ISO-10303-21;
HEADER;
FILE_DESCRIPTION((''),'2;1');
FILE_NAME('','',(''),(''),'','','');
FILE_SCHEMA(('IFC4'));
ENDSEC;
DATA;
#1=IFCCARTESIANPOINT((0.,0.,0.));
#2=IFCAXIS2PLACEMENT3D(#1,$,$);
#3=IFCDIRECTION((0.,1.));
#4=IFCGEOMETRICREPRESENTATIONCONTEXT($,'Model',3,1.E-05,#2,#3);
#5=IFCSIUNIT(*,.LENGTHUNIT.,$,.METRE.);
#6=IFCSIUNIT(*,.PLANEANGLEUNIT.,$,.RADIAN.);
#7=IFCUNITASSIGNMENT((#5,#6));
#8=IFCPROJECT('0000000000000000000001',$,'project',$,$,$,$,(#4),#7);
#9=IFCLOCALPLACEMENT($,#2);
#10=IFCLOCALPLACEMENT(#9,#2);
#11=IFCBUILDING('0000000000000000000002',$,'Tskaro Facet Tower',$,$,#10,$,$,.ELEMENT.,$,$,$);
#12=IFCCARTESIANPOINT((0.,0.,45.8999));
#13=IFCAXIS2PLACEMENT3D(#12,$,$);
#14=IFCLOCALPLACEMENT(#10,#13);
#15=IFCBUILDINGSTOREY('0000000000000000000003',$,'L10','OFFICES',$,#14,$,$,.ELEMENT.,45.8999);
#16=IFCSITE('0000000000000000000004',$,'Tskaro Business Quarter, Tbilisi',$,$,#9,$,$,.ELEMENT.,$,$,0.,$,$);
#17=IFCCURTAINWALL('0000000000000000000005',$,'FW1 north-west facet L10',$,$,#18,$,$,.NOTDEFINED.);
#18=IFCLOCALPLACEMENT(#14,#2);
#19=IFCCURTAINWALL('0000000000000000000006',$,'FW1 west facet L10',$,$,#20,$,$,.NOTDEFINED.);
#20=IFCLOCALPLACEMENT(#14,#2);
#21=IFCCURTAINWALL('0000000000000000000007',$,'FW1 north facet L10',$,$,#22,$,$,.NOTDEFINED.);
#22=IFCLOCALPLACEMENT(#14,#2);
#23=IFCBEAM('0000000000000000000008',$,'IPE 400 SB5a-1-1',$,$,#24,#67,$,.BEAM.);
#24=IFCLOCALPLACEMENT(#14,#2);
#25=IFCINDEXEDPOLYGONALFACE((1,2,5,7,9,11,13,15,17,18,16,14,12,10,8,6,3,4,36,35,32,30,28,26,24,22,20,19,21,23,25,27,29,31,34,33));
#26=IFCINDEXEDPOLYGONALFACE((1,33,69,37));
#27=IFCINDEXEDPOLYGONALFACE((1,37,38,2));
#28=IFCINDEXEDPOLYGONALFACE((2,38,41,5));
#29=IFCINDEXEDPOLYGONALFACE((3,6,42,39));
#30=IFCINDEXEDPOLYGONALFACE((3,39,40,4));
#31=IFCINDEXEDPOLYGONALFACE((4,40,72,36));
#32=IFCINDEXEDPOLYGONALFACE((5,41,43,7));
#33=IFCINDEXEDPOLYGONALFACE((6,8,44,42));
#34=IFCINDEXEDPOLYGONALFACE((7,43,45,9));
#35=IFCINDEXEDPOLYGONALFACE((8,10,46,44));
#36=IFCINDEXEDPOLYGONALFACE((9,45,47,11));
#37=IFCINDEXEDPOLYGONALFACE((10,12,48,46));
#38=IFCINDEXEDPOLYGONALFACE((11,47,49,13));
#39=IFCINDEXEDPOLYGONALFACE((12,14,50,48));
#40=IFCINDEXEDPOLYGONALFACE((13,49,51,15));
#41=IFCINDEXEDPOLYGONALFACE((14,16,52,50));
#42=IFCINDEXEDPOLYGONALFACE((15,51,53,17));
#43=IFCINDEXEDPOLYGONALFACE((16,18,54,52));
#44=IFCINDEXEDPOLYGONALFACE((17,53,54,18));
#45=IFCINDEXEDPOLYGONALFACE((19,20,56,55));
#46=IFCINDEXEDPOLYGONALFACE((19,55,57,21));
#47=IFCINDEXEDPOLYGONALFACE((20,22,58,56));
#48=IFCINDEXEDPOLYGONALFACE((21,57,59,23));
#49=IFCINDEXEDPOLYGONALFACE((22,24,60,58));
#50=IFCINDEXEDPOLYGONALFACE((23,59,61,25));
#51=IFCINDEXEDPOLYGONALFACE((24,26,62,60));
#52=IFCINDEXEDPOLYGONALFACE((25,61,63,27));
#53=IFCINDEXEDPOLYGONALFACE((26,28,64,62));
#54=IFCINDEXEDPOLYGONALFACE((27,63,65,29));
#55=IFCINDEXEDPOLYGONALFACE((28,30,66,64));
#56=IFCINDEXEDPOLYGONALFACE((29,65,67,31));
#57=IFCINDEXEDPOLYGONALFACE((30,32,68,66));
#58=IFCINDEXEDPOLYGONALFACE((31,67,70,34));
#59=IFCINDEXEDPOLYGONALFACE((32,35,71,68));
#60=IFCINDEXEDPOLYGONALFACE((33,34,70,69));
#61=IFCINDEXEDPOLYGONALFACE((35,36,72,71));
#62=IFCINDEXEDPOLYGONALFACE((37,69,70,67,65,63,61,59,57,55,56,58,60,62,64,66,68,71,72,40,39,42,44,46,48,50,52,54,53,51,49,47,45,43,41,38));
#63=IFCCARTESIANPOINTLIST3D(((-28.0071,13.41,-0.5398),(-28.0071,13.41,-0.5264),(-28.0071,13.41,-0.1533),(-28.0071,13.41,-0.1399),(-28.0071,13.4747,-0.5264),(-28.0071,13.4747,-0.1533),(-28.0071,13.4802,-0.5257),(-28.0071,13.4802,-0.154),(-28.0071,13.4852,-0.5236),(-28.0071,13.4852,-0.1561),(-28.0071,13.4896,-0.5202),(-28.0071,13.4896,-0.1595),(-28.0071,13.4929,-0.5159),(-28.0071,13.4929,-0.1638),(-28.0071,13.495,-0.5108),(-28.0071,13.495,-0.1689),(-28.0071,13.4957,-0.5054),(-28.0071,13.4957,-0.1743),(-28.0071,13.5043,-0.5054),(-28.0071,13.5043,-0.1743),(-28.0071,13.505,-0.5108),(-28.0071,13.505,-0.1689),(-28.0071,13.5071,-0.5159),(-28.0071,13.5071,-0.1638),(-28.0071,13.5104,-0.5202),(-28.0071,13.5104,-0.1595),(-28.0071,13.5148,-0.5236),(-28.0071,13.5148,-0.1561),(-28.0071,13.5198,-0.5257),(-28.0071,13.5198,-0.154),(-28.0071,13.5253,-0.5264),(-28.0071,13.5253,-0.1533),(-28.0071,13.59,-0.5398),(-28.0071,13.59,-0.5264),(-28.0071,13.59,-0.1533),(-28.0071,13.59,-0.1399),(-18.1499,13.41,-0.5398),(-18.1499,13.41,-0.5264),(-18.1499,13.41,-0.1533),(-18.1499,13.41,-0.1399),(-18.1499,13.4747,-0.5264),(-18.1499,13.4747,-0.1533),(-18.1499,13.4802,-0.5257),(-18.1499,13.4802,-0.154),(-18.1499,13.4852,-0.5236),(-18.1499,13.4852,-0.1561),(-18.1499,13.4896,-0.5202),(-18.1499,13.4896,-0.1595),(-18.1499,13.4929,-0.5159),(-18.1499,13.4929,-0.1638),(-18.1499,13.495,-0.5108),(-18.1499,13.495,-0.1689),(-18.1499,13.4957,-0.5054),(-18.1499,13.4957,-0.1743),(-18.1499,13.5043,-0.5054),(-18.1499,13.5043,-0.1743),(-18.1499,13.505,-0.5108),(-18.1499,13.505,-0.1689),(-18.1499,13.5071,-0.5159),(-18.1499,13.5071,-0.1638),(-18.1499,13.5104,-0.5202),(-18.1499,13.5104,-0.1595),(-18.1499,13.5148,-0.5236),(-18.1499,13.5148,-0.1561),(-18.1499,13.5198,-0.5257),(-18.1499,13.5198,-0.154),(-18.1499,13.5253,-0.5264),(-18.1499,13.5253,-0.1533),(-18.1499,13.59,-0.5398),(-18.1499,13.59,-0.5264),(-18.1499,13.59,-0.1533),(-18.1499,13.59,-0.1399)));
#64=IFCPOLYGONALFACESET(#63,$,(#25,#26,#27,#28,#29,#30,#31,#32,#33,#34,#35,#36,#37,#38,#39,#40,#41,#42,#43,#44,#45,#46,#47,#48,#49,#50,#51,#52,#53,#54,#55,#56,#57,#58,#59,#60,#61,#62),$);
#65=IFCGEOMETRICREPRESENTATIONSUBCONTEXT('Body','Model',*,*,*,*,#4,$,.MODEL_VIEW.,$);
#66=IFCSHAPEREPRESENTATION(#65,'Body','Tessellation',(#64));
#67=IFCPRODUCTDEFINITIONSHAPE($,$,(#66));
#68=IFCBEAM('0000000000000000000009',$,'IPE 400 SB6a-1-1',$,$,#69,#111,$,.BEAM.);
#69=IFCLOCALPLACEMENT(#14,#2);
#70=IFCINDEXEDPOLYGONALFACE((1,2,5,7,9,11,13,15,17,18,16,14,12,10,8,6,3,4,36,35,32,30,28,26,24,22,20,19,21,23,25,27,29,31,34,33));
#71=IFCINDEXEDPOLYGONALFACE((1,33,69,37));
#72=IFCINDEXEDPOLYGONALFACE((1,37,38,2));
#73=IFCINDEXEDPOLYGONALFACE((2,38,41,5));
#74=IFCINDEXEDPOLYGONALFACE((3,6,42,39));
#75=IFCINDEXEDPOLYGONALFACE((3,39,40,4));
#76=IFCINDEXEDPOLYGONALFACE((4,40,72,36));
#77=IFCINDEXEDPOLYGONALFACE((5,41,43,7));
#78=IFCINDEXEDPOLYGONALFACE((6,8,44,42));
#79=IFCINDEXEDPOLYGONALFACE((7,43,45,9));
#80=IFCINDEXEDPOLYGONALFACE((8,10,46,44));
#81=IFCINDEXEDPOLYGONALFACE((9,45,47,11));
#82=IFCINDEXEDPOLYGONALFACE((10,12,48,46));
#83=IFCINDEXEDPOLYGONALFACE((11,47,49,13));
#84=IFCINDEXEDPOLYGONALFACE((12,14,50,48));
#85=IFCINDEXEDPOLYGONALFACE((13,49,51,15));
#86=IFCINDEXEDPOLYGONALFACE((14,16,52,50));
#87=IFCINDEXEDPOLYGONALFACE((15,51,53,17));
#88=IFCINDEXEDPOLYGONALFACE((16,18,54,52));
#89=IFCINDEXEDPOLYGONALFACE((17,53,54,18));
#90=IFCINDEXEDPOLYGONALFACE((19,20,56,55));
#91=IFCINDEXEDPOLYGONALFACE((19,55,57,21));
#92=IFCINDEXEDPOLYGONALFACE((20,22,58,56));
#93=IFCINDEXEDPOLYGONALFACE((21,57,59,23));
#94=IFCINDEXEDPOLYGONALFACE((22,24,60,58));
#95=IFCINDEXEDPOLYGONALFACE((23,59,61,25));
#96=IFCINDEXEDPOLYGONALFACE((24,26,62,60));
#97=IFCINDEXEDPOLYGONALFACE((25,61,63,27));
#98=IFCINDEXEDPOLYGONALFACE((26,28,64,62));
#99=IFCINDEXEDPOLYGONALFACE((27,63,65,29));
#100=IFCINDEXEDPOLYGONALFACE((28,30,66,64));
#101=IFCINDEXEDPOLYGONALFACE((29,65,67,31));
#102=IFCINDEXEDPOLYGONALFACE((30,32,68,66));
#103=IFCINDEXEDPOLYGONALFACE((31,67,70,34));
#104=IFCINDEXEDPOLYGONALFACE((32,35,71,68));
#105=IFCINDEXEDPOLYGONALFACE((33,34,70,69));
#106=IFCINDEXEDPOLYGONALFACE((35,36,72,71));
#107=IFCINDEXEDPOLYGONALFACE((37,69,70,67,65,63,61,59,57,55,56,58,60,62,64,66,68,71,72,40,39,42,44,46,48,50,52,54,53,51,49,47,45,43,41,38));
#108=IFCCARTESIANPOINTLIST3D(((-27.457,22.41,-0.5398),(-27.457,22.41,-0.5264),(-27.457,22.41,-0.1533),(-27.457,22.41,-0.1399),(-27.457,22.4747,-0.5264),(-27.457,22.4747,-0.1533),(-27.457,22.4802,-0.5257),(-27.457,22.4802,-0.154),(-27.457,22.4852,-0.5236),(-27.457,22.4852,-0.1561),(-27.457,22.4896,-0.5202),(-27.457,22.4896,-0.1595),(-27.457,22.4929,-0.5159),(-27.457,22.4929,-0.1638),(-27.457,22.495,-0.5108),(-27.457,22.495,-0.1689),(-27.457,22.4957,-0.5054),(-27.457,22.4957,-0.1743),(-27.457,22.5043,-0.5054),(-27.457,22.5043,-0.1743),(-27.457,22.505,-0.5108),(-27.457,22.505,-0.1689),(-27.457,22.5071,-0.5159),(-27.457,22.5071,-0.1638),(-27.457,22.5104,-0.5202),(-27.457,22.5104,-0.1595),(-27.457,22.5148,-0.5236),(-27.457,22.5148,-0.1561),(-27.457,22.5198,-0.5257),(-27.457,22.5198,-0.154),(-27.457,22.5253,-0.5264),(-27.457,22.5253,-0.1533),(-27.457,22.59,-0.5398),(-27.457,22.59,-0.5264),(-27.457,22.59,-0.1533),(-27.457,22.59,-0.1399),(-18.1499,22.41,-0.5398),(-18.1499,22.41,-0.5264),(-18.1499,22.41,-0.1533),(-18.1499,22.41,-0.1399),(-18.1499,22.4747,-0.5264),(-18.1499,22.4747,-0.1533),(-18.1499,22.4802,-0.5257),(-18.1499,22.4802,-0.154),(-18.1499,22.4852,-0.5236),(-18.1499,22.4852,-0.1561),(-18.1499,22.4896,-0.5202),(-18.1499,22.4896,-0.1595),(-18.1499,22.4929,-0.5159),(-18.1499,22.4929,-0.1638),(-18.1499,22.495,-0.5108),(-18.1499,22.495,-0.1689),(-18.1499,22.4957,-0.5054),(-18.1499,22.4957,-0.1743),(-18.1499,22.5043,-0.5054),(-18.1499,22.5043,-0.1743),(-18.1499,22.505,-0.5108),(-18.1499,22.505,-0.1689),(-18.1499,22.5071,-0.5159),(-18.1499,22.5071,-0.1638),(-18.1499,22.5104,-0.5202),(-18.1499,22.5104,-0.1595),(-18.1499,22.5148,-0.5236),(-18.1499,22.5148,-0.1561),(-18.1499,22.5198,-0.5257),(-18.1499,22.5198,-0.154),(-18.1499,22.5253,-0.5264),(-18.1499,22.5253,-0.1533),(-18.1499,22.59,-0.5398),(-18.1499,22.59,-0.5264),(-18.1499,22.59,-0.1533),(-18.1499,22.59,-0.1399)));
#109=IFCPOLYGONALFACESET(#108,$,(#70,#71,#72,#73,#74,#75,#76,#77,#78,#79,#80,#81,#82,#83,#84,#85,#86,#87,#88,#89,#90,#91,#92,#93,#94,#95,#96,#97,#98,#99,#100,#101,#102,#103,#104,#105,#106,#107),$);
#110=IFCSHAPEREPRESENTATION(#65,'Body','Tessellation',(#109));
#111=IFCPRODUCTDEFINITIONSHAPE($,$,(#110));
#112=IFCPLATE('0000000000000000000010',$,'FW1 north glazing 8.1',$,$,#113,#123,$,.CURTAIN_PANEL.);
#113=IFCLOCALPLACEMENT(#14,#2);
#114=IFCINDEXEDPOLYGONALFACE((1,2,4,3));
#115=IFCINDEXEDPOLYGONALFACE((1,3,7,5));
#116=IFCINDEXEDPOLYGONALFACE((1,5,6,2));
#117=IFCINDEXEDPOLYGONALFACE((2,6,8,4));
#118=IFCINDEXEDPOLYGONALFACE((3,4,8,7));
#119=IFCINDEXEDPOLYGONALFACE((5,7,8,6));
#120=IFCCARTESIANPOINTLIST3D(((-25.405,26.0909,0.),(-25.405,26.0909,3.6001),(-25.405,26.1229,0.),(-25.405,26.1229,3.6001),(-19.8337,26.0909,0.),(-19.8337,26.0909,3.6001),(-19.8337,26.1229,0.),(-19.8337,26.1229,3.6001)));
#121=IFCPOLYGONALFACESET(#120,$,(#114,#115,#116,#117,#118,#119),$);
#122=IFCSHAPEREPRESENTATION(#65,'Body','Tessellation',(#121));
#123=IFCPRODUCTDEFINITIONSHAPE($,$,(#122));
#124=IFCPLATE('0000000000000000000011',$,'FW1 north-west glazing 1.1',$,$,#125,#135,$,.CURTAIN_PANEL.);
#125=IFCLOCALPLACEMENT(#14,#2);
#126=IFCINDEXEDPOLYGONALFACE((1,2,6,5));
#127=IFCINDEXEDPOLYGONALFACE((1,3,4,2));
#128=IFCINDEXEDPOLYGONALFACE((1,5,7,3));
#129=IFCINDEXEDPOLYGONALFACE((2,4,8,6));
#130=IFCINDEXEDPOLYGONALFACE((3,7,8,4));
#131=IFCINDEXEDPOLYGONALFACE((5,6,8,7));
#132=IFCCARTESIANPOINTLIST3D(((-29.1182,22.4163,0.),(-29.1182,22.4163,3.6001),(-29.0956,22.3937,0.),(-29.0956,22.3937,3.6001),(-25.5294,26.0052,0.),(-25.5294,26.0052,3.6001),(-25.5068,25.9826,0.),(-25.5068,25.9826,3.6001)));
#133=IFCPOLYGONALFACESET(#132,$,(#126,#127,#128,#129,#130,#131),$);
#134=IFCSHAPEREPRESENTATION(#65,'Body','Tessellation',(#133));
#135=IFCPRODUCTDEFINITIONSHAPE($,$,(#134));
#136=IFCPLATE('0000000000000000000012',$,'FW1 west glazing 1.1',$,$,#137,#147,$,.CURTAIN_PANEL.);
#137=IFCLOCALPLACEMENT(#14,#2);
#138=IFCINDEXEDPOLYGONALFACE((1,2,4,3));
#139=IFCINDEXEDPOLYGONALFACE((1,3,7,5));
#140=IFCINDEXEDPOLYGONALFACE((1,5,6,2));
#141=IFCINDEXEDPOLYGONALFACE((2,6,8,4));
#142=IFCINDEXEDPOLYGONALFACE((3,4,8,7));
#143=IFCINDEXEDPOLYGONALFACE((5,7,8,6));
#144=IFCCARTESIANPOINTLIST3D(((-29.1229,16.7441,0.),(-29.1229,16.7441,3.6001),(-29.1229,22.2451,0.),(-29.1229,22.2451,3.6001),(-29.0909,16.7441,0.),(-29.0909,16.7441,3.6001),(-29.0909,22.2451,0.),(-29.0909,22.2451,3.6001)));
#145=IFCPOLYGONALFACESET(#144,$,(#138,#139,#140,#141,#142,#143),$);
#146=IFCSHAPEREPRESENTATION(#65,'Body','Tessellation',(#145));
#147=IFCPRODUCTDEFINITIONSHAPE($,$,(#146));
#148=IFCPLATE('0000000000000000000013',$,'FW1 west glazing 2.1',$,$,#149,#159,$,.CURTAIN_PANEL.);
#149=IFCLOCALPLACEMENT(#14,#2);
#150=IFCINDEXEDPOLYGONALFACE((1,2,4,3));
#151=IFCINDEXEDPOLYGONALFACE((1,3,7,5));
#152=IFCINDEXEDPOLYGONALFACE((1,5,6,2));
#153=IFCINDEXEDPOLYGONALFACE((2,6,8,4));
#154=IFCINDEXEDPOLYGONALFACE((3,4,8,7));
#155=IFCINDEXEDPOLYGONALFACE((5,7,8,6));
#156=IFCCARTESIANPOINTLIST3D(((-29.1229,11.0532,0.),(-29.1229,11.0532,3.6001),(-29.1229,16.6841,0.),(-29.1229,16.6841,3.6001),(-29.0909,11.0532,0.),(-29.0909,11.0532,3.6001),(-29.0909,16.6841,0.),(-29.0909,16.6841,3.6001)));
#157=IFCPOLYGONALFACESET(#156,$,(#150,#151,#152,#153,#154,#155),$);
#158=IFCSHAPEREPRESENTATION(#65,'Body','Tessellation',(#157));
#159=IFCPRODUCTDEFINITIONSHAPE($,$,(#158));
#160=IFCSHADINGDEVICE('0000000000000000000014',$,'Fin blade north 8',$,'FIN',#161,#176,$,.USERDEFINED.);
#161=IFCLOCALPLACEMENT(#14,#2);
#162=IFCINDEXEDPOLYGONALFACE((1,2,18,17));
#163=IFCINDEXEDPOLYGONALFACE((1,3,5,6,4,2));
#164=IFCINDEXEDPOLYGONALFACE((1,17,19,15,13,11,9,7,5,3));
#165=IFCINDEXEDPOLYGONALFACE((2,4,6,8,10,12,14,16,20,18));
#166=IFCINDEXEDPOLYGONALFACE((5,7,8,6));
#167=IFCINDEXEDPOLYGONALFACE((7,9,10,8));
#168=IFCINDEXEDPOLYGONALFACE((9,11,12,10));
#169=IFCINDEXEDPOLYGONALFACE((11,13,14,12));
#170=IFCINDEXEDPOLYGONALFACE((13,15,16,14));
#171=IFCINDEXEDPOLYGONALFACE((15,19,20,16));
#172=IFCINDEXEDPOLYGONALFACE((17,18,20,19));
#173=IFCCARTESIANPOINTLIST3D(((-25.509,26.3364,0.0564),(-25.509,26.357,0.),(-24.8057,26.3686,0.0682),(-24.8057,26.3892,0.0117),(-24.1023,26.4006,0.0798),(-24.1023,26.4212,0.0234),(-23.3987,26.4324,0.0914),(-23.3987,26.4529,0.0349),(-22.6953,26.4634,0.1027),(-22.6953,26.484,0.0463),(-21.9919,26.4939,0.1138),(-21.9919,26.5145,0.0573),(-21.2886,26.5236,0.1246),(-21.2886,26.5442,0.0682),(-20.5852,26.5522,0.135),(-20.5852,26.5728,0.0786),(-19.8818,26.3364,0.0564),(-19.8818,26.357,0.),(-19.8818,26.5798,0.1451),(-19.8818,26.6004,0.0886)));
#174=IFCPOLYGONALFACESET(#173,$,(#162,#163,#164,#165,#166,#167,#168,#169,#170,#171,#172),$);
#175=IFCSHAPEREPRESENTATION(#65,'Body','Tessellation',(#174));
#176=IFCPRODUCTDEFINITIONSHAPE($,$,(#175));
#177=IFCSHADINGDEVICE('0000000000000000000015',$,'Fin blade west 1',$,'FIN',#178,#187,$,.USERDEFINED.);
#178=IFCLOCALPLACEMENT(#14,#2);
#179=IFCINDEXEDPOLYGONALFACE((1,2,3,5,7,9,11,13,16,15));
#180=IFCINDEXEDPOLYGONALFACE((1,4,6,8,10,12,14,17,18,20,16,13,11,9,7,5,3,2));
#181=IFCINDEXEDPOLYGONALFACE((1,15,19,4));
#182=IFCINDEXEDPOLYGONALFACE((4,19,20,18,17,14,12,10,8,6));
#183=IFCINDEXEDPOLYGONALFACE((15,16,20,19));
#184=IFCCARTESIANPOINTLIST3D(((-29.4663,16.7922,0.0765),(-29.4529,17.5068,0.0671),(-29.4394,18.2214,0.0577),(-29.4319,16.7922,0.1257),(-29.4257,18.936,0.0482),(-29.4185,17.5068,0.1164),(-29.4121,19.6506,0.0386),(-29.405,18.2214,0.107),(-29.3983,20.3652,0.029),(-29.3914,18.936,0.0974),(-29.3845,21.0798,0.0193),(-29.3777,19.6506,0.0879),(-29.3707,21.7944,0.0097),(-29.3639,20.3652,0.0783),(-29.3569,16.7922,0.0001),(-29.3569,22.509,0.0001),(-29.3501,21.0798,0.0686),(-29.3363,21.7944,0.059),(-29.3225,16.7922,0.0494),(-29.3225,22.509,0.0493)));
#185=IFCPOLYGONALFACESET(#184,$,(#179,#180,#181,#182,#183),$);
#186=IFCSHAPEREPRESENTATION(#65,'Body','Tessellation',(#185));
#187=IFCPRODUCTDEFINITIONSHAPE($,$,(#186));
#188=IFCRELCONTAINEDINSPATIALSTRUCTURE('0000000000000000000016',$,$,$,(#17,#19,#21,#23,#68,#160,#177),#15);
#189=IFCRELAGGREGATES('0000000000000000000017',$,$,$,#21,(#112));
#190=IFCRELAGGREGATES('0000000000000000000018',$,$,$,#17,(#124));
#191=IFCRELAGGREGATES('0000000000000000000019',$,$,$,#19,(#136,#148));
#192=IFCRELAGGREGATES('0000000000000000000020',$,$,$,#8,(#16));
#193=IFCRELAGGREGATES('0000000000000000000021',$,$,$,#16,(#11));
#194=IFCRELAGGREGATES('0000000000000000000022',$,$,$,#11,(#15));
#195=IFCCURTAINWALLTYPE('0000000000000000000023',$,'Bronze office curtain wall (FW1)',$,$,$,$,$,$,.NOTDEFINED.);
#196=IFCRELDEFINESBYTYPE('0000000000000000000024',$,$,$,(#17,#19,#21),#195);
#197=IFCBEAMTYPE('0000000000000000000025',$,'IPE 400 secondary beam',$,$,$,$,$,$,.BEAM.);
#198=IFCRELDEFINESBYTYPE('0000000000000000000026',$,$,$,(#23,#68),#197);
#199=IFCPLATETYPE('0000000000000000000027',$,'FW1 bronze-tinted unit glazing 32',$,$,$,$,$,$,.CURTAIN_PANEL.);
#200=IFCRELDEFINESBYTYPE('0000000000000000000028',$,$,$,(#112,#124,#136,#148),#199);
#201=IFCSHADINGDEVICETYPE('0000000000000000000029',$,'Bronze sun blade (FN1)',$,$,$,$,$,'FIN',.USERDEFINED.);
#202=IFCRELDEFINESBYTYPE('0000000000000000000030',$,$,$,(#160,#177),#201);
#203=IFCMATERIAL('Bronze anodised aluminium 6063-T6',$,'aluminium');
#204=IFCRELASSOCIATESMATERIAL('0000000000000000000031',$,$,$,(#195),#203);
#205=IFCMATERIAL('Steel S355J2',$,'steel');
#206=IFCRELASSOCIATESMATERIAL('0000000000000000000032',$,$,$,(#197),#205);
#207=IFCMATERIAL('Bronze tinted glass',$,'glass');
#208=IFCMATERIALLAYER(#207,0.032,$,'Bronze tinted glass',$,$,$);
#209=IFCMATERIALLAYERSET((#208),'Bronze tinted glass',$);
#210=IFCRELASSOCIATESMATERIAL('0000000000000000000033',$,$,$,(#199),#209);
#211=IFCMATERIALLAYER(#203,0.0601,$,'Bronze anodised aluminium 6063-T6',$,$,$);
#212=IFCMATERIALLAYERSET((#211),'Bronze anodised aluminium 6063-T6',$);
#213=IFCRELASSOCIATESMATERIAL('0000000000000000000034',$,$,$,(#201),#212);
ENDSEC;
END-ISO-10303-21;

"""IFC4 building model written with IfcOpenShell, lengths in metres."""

from ifc_helpers import new_model, si_unit, direction, frame, origin, origin_2d, place, context, subcontext, project, spatial, polyline, rectangle, i_section, outline, extrude, material, layer, layer_set, material_profile, profile_set, type_object, element, aggregate, save


model = new_model("IFC4")

# Units and contexts
model_context = context("Model", 3, precision=1e-05, world=origin(), true_north=direction((0.0, 1.0)))
body_context = subcontext(model_context, "Body", "Model", "MODEL_VIEW")
ifc_project = project(units=[si_unit("LENGTHUNIT", "METRE"), si_unit("PLANEANGLEUNIT", "RADIAN")], contexts=[model_context])

# Site, building, storey
site_placement = place(None, origin())
site = spatial("IfcSite", under=ifc_project, at=site_placement, Name="Tskaro Business Quarter, Tbilisi", CompositionType="ELEMENT", RefElevation=0.0)
building_placement = place(site_placement, origin())
building = spatial("IfcBuilding", under=site, at=building_placement, Name="Tskaro Facet Tower", CompositionType="ELEMENT")
storey_placement = place(building_placement, frame((0.0, 0.0, 45.8999)))
storey = spatial("IfcBuildingStorey", under=building, at=storey_placement, Name="L10", Description="OFFICES", CompositionType="ELEMENT", Elevation=45.8999)

# Curtain wall
ifc_material_1 = material(Name="Bronze anodised aluminium 6063-T6", Category="aluminium")
curtain_wall_type = type_object("IfcCurtainWallType", Name="Bronze office curtain wall (FW1)", PredefinedType="NOTDEFINED", material=ifc_material_1)
curtain_wall_1_placement = place(storey_placement, origin())
curtain_wall_1 = element("IfcCurtainWall", 1, at=curtain_wall_1_placement, inside=storey, type_object=curtain_wall_type, Name="FW1 north-west facet L10", PredefinedType="NOTDEFINED")

# Curtain wall
curtain_wall_2_placement = place(storey_placement, origin())
curtain_wall_2 = element("IfcCurtainWall", 2, at=curtain_wall_2_placement, inside=storey, type_object=curtain_wall_type, Name="FW1 west facet L10", PredefinedType="NOTDEFINED")

# Curtain wall
curtain_wall_3_placement = place(storey_placement, origin())
curtain_wall_3 = element("IfcCurtainWall", 3, at=curtain_wall_3_placement, inside=storey, type_object=curtain_wall_type, Name="FW1 north facet L10", PredefinedType="NOTDEFINED")

# Beams
ifc_material_2 = material(Name="Steel S355J2", Category="steel")
ifc_material_profile_1 = material_profile(ifc_material_2, i_section(OverallWidth=0.1799, OverallDepth=0.3999, WebThickness=0.0085, FlangeThickness=0.0134, FilletRadius=0.021, at=origin_2d()), Name="IPE 400")
ifc_profile_set_1 = profile_set([ifc_material_profile_1], Name="Steel S355J2")
beam_type_1 = type_object("IfcBeamType", Name="IPE 400 secondary beam", PredefinedType="BEAM", material=ifc_profile_set_1)
beam_1_placement = place(storey_placement, frame((-28.0071, 13.5, -0.3398), z_axis=(1.0, 0.0, 0.0), x_axis=(0.0, 1.0, 0.0)))
element("IfcBeam", 4, at=beam_1_placement, inside=storey, type_object=beam_type_1, Name="IPE 400 SB5a-1-1", PredefinedType="BEAM", context=body_context, shape_type="SweptSolid", body=[
    extrude(i_section(OverallWidth=0.1799, OverallDepth=0.3999, WebThickness=0.0085, FlangeThickness=0.0134, FilletRadius=0.021, at=origin_2d()), origin(), (0.0, 0.0, 1.0), 9.8572),
])
beam_2_placement = place(storey_placement, frame((-27.457, 22.5, -0.3398), z_axis=(1.0, 0.0, 0.0), x_axis=(0.0, 1.0, 0.0)))
element("IfcBeam", 5, at=beam_2_placement, inside=storey, type_object=beam_type_1, Name="IPE 400 SB6a-1-1", PredefinedType="BEAM", context=body_context, shape_type="SweptSolid", body=[
    extrude(i_section(OverallWidth=0.1799, OverallDepth=0.3999, WebThickness=0.0085, FlangeThickness=0.0134, FilletRadius=0.021, at=origin_2d()), origin(), (0.0, 0.0, 1.0), 9.3071),
])

# Plates
ifc_material_3 = material(Name="Bronze tinted glass", Category="glass")
ifc_layer_1 = layer(ifc_material_3, 0.032, Name="Bronze tinted glass")
ifc_layer_set_1 = layer_set([ifc_layer_1], Name="Bronze tinted glass")
plate_type = type_object("IfcPlateType", Name="FW1 bronze-tinted unit glazing 32", PredefinedType="CURTAIN_PANEL", material=ifc_layer_set_1)
plate_1_placement = place(storey_placement, frame((-22.6194, 26.1069, 0.0), z_axis=(0.0, 0.0, 1.0), x_axis=(-1.0, 0.0, 0.0)))
plate_1 = element("IfcPlate", 6, at=plate_1_placement, type_object=plate_type, Name="FW1 north glazing 8.1", PredefinedType="CURTAIN_PANEL", context=body_context, shape_type="SweptSolid", body=[
    extrude(rectangle(XDim=5.5713, YDim=0.032, at=origin_2d()), origin(), (0.0, 0.0, 1.0), 3.6001),
])
aggregate(curtain_wall_3, [plate_1])
plate_2_placement = place(storey_placement, frame((-27.3125, 24.1995, 0.0), z_axis=(0.0, 0.0, 1.0), x_axis=(-0.707107, -0.707107, 0.0)))
plate_2 = element("IfcPlate", 7, at=plate_2_placement, type_object=plate_type, Name="FW1 north-west glazing 1.1", PredefinedType="CURTAIN_PANEL", context=body_context, shape_type="SweptSolid", body=[
    extrude(rectangle(XDim=5.0754, YDim=0.032, at=origin_2d()), origin(), (0.0, 0.0, 1.0), 3.6001),
])
aggregate(curtain_wall_1, [plate_2])
plate_3_placement = place(storey_placement, frame((-29.1069, 19.4946, 0.0), z_axis=(0.0, 0.0, 1.0), x_axis=(0.0, -1.0, 0.0)))
plate_3 = element("IfcPlate", 8, at=plate_3_placement, type_object=plate_type, Name="FW1 west glazing 1.1", PredefinedType="CURTAIN_PANEL", context=body_context, shape_type="SweptSolid", body=[
    extrude(rectangle(XDim=5.501, YDim=0.032, at=origin_2d()), origin(), (0.0, 0.0, 1.0), 3.6001),
])
plate_4_placement = place(storey_placement, frame((-29.1069, 13.8687, 0.0), z_axis=(0.0, 0.0, 1.0), x_axis=(0.0, -1.0, 0.0)))
plate_4 = element("IfcPlate", 9, at=plate_4_placement, type_object=plate_type, Name="FW1 west glazing 2.1", PredefinedType="CURTAIN_PANEL", context=body_context, shape_type="SweptSolid", body=[
    extrude(rectangle(XDim=5.6309, YDim=0.032, at=origin_2d()), origin(), (0.0, 0.0, 1.0), 3.6001),
])
aggregate(curtain_wall_2, [plate_3, plate_4])

# Shading devices
ifc_layer_2 = layer(ifc_material_1, 0.0601, Name="Bronze anodised aluminium 6063-T6")
ifc_layer_set_2 = layer_set([ifc_layer_2], Name="Bronze anodised aluminium 6063-T6")
shading_device_type = type_object("IfcShadingDeviceType", Name="Bronze sun blade (FN1)", ElementType="FIN", PredefinedType="USERDEFINED", material=ifc_layer_set_2)
shading_device_1_placement = place(storey_placement, frame((-19.8818, 26.3364, 0.0564), z_axis=(0.000008, -0.342285, 0.939596), x_axis=(-1.0, -0.000003, 0.000008)))
element("IfcShadingDevice", 10, at=shading_device_1_placement, inside=storey, type_object=shading_device_type, Name="Fin blade north 8", ObjectType="FIN", PredefinedType="USERDEFINED", context=body_context, shape_type="SweptSolid", body=[
    extrude(outline(polyline([(0.0, 0.0), (5.6272, 0.0), (4.9238, -0.0343), (4.2205, -0.0684), (3.5168, -0.1021), (2.8135, -0.1352), (2.1101, -0.1676), (1.4067, -0.1993), (0.7034, -0.2297), (0.0, -0.259), (0.0, 0.0)])), origin(), (0.0, 0.0, -1.0), 0.0601),
])
shading_device_2_placement = place(storey_placement, frame((-29.3225, 22.509, 0.0493), z_axis=(0.572363, 0.00001, 0.82), x_axis=(0.000006, -1.0, 0.000009)))
element("IfcShadingDevice", 11, at=shading_device_2_placement, inside=storey, type_object=shading_device_type, Name="Fin blade west 1", ObjectType="FIN", PredefinedType="USERDEFINED", context=body_context, shape_type="SweptSolid", body=[
    extrude(outline(polyline([(0.0, 0.0), (5.7168, 0.0), (5.7168, -0.1334), (5.0022, -0.1171), (4.2876, -0.1006), (3.573, -0.084), (2.8584, -0.0673), (2.1438, -0.0505), (1.4292, -0.0337), (0.7146, -0.0169), (0.0, 0.0)])), origin(), (0.0, 0.0, -1.0), 0.0601),
])

save(model, "model.ifc")
